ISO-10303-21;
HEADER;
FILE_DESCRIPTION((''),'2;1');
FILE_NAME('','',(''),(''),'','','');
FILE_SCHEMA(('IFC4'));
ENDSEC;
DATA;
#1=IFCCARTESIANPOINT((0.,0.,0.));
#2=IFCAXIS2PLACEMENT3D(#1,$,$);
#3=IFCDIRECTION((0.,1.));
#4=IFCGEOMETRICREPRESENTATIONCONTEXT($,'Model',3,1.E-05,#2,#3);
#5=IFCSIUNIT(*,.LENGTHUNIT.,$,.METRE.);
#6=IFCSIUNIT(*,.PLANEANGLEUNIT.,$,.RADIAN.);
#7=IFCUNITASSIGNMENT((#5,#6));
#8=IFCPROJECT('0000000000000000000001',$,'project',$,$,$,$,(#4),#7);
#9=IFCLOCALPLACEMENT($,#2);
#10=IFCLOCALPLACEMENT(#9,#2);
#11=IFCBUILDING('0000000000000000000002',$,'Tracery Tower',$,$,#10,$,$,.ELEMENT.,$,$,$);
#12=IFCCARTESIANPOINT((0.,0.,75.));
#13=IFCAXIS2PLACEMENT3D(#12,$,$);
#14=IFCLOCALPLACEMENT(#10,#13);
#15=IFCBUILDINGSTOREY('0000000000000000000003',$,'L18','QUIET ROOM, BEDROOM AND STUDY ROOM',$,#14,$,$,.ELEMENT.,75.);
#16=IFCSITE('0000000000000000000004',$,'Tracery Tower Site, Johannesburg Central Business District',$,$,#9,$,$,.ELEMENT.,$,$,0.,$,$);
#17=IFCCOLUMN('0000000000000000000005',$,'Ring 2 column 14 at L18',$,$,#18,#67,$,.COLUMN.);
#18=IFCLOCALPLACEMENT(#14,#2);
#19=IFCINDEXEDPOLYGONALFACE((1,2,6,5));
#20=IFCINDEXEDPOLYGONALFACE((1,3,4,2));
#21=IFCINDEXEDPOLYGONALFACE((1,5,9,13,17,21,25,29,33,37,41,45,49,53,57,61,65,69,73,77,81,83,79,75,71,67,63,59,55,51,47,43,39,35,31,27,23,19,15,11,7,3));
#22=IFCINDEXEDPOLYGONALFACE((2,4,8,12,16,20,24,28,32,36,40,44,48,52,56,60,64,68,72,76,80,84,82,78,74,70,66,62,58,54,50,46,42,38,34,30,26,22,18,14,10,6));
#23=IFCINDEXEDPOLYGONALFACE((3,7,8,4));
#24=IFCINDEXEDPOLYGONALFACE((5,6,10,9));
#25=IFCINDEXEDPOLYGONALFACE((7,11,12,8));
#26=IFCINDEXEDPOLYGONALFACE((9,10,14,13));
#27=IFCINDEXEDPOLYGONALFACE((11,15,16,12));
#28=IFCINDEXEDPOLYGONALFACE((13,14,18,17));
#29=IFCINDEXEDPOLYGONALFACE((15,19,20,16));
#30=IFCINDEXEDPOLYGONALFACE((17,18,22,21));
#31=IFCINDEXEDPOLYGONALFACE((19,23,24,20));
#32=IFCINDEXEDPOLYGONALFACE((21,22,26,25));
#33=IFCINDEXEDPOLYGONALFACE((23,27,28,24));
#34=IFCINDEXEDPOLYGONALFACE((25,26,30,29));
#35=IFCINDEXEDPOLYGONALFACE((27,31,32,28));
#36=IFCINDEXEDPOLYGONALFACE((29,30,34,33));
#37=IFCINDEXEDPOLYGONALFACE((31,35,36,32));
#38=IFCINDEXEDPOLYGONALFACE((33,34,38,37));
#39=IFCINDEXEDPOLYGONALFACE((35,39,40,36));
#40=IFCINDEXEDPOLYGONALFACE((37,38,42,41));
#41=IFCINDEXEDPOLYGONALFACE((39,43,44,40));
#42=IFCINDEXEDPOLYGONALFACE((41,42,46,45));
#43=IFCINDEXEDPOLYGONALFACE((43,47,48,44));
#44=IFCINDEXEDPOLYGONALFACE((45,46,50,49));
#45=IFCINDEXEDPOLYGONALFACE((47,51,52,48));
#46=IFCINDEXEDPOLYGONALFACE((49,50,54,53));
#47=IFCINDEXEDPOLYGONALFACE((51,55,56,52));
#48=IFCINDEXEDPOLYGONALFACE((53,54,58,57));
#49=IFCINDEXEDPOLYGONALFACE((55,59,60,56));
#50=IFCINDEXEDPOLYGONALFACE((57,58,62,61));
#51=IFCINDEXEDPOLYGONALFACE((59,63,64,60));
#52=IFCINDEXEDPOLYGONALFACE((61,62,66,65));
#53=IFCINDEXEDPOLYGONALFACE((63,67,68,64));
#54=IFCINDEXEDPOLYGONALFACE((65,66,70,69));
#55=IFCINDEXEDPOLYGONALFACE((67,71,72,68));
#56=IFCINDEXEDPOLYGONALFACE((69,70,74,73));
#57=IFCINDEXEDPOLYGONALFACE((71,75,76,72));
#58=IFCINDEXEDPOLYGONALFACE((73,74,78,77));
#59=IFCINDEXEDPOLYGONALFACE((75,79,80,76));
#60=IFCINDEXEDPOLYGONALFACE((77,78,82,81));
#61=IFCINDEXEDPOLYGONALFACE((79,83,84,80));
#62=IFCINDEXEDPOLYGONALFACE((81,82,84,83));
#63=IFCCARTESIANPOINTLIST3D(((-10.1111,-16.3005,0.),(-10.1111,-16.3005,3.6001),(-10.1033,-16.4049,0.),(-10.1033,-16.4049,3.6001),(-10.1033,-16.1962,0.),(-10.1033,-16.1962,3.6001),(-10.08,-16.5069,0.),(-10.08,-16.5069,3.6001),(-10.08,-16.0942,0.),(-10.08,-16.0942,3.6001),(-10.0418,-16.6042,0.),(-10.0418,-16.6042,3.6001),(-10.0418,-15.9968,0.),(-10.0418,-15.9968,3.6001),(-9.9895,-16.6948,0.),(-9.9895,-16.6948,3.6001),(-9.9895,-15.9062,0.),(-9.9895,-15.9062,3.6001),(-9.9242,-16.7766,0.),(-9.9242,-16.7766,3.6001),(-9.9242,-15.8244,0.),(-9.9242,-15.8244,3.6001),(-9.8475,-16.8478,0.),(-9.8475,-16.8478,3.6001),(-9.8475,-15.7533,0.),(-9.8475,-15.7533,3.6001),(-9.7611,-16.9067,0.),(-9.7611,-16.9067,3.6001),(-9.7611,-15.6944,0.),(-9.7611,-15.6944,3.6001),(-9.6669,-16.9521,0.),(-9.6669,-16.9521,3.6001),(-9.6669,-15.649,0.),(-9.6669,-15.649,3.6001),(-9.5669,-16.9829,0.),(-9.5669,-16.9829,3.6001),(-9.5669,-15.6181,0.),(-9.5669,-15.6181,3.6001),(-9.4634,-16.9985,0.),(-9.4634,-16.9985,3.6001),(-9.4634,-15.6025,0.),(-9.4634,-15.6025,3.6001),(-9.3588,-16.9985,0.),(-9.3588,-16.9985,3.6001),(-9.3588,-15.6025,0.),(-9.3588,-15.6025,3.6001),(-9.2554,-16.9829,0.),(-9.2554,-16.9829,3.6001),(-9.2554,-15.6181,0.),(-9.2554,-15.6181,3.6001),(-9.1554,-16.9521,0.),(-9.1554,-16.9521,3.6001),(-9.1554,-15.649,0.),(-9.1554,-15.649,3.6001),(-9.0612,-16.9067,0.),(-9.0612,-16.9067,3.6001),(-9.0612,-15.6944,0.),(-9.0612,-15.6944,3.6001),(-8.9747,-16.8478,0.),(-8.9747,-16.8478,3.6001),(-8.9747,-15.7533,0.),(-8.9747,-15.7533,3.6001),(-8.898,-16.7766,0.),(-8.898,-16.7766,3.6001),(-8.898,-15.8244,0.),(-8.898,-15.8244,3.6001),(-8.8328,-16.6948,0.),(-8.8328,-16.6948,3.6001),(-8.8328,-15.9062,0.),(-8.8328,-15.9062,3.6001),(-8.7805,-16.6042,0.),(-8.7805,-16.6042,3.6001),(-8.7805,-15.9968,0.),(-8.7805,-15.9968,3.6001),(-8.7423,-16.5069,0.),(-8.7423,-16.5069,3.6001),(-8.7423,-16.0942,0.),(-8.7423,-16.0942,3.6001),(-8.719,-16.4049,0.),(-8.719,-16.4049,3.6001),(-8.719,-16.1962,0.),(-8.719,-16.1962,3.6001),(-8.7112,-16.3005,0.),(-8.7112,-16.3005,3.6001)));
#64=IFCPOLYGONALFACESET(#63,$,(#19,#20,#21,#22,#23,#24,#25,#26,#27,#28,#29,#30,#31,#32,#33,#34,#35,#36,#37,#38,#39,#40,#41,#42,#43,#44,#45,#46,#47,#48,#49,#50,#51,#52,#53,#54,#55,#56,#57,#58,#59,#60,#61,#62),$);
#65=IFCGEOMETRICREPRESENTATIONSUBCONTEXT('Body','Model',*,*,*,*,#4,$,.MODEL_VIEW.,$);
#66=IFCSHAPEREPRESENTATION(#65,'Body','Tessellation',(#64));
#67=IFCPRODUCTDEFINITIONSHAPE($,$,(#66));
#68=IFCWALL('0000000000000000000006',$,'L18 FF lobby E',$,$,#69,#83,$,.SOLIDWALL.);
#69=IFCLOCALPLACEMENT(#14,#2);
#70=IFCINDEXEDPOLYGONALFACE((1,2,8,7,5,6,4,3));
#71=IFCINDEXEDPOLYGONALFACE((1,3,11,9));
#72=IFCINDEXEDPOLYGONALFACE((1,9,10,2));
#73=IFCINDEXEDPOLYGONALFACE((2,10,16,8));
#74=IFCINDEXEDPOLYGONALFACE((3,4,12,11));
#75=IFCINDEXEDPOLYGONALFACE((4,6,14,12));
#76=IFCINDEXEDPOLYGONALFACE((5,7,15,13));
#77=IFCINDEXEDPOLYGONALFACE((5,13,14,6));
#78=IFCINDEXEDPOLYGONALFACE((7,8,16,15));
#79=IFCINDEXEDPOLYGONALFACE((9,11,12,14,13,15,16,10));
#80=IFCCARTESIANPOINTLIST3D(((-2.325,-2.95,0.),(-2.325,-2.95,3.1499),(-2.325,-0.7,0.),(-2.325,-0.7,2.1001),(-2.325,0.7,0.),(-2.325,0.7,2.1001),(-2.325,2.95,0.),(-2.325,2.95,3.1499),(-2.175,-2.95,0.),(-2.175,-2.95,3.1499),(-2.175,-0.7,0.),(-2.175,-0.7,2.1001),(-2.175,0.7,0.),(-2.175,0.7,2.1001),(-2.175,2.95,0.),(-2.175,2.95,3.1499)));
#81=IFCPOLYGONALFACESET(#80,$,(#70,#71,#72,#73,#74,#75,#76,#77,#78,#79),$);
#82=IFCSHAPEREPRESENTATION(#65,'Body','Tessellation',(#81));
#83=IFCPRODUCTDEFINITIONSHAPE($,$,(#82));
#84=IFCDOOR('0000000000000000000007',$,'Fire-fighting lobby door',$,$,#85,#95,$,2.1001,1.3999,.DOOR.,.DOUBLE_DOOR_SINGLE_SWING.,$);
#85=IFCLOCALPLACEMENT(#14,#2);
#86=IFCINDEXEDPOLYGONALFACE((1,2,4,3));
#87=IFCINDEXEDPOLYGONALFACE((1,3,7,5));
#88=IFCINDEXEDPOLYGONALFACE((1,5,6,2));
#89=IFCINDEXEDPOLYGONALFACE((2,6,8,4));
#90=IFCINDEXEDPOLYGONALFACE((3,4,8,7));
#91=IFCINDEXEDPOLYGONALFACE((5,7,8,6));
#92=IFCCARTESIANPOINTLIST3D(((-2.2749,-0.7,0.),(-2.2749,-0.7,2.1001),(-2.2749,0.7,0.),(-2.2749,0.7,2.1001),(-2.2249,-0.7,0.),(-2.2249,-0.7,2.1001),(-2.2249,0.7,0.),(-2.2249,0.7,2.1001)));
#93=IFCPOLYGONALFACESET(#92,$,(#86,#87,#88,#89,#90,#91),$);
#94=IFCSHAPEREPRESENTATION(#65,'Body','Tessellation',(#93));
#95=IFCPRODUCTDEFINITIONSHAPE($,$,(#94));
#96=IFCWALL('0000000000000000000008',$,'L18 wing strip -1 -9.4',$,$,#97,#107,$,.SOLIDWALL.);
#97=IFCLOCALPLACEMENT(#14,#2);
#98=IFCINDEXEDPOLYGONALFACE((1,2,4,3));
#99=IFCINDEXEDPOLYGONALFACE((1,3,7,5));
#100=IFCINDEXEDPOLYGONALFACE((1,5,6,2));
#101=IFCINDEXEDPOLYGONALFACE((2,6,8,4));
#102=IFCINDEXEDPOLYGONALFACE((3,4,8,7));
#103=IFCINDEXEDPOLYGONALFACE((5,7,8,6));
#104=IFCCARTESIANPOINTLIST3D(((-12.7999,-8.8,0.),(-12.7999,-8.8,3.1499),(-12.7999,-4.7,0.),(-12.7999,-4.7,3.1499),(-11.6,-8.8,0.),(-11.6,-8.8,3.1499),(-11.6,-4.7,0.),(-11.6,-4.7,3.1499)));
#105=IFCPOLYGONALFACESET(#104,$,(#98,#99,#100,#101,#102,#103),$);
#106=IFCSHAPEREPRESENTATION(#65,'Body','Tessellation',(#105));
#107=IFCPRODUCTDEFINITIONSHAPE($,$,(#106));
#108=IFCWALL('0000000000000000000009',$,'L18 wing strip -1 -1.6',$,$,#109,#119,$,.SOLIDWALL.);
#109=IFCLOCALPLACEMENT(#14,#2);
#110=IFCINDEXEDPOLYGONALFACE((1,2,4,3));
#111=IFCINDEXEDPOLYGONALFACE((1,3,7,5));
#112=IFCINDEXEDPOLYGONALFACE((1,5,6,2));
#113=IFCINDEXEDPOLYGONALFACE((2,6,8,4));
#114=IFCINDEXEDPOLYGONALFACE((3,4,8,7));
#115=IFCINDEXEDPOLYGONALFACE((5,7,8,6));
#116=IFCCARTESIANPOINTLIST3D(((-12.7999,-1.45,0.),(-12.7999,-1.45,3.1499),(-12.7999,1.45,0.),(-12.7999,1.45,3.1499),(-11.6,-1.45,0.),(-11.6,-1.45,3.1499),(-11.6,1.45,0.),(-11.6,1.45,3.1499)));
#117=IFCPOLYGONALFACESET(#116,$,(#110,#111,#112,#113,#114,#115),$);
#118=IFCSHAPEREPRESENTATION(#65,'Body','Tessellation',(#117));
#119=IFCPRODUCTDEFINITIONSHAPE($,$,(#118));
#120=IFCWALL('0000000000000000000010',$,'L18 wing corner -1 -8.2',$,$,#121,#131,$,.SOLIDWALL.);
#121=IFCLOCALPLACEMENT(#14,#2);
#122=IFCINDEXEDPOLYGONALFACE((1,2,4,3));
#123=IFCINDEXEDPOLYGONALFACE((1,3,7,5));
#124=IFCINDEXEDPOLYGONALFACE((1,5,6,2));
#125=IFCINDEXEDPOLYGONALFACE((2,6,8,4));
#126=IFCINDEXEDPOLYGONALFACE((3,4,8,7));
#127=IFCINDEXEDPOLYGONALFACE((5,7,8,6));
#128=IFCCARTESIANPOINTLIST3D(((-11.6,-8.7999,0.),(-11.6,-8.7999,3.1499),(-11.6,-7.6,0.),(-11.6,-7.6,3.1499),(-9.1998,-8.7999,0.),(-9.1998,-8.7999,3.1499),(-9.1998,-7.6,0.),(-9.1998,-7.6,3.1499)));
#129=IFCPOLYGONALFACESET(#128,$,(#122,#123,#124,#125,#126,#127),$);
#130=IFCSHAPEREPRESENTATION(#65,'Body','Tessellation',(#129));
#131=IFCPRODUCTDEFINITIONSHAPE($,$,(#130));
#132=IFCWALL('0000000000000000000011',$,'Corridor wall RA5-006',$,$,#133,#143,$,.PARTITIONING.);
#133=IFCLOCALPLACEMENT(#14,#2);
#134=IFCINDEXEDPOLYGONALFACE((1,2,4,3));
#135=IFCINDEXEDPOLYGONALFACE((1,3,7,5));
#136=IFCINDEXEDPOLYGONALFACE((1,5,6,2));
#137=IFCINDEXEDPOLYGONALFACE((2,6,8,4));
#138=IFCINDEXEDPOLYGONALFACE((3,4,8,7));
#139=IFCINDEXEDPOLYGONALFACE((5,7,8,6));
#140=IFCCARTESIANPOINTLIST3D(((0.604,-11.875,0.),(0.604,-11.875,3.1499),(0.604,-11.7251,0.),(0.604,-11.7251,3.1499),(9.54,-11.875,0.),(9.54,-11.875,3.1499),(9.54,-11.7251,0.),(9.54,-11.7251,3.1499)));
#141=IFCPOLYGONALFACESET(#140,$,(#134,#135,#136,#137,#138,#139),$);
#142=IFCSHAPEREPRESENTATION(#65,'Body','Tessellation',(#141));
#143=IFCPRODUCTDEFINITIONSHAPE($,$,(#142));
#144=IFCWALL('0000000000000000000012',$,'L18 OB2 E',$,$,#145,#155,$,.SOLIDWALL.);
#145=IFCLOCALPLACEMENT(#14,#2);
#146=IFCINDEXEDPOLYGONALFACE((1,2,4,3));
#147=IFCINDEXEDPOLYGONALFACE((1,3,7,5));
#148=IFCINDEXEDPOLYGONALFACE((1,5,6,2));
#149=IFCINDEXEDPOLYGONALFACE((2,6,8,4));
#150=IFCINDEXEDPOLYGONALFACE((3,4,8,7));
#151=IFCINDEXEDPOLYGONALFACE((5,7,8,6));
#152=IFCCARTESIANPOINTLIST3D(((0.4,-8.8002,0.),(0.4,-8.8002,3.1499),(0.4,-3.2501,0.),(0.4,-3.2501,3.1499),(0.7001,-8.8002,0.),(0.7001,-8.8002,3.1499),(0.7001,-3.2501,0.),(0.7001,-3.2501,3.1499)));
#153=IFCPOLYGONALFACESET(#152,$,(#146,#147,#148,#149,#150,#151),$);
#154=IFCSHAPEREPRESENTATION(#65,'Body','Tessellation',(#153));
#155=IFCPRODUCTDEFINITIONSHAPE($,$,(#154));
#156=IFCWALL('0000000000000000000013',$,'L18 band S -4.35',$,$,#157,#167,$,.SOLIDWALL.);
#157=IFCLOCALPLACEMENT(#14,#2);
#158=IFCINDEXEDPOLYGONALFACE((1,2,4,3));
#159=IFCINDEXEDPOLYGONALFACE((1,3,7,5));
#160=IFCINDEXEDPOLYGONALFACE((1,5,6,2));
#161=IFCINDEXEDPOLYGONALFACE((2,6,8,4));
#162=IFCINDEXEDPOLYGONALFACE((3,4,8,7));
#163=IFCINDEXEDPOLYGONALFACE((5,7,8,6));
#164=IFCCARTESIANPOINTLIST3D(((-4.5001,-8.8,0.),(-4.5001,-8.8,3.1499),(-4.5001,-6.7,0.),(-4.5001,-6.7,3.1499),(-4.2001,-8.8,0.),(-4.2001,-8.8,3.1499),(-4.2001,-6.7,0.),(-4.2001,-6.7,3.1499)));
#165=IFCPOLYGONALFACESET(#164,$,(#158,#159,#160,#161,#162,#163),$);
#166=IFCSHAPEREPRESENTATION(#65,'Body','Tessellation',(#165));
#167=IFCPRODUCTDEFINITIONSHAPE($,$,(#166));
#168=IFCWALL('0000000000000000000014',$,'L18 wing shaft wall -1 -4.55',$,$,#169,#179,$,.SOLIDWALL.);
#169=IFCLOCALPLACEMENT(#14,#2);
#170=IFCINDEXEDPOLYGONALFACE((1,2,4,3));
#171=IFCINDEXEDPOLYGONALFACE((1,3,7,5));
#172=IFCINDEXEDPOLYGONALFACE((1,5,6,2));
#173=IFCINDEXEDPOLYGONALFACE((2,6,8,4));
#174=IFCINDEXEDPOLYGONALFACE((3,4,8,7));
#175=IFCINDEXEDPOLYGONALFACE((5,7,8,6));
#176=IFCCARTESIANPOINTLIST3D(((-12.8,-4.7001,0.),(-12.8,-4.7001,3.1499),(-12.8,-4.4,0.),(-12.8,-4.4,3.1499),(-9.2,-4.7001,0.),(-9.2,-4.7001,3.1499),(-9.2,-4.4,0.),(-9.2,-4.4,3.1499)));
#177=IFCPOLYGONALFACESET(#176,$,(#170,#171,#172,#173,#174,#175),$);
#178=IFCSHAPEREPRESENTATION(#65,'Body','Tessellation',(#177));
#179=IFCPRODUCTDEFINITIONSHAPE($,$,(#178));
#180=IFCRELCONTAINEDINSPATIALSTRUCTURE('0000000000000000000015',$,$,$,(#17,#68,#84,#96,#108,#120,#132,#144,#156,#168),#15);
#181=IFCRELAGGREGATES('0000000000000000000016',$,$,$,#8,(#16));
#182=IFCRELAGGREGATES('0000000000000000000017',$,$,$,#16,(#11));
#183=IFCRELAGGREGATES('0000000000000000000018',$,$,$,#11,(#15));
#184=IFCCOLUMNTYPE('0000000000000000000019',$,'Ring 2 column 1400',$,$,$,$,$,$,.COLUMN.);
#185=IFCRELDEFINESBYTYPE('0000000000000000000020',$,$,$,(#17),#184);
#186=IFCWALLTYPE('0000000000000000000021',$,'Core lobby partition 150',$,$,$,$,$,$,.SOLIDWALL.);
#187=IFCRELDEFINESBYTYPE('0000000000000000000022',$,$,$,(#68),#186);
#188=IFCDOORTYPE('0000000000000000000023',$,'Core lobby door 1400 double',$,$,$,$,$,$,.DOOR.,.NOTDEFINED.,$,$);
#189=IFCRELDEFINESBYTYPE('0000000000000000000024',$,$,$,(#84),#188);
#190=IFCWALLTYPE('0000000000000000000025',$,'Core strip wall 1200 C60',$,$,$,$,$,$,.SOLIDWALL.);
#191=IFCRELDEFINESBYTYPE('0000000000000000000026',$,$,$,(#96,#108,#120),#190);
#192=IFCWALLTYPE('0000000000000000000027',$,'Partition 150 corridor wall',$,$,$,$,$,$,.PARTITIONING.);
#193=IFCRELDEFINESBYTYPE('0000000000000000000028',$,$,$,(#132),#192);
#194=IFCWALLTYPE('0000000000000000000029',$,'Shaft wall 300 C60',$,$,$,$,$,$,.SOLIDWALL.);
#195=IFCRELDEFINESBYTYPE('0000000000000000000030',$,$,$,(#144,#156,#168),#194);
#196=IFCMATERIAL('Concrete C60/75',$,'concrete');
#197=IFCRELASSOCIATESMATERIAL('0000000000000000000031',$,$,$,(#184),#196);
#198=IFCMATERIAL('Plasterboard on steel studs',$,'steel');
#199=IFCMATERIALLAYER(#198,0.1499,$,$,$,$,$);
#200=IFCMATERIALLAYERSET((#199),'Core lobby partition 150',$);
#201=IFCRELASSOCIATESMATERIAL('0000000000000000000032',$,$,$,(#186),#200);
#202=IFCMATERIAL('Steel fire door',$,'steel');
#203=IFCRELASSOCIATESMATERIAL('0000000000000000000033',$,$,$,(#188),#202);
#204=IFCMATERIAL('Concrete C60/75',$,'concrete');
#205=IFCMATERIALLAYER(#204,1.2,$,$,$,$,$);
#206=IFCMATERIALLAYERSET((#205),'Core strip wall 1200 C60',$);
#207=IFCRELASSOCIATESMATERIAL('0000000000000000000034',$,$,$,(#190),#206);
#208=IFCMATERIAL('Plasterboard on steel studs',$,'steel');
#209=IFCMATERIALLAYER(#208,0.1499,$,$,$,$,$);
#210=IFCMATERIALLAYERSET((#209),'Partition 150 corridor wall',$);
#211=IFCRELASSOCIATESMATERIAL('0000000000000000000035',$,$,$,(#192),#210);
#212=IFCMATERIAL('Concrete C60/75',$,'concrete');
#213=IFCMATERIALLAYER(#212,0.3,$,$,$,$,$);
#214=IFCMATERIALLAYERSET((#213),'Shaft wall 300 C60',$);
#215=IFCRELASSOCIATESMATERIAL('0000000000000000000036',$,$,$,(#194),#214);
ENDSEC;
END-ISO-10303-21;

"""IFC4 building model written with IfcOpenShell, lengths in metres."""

from ifc_helpers import new_model, si_unit, direction, frame, frame_2d, origin, origin_2d, place, context, subcontext, project, spatial, rectangle, circle, extrude, material, layer, layer_set, material_profile, profile_set, type_object, element, fill, save


model = new_model("IFC4")

# Units and contexts
model_context = context("Model", 3, precision=1e-05, world=origin(), true_north=direction((0.0, 1.0)))
body_context = subcontext(model_context, "Body", "Model", "MODEL_VIEW")
ifc_project = project(units=[si_unit("LENGTHUNIT", "METRE"), si_unit("PLANEANGLEUNIT", "RADIAN")], contexts=[model_context])

# Site, building, storey
site_placement = place(None, origin())
site = spatial("IfcSite", under=ifc_project, at=site_placement, Name="Tracery Tower Site, Johannesburg Central Business District", CompositionType="ELEMENT", RefElevation=0.0)
building_placement = place(site_placement, origin())
building = spatial("IfcBuilding", under=site, at=building_placement, Name="Tracery Tower", CompositionType="ELEMENT")
storey_placement = place(building_placement, frame((0.0, 0.0, 75.0)))
storey = spatial("IfcBuildingStorey", under=building, at=storey_placement, Name="L18", Description="QUIET ROOM, BEDROOM AND STUDY ROOM", CompositionType="ELEMENT", Elevation=75.0)

# Column
ifc_material_1 = material(Name="Concrete C60/75", Category="concrete")
ifc_material_profile = material_profile(ifc_material_1, circle(Radius=0.7, at=origin_2d()), Name="RC D1400")
ifc_profile_set = profile_set([ifc_material_profile], Name="Concrete C60/75")
column_type = type_object("IfcColumnType", Name="Ring 2 column 1400", PredefinedType="COLUMN", material=ifc_profile_set)
column_placement = place(storey_placement, frame((-9.4111, -16.3005, 0.0), z_axis=(0.0, 0.0, 1.0), x_axis=(1.0, 0.0, 0.0)))
element("IfcColumn", 1, at=column_placement, inside=storey, type_object=column_type, Name="Ring 2 column 14 at L18", PredefinedType="COLUMN", context=body_context, shape_type="SweptSolid", body=[
    extrude(circle(Radius=0.7, at=origin_2d()), origin(), (0.0, 0.0, 1.0), 3.6001),
])

# Wall, opening, door
ifc_material_2 = material(Name="Plasterboard on steel studs", Category="steel")
ifc_layer_1 = layer(ifc_material_2, 0.1499)
ifc_layer_set_1 = layer_set([ifc_layer_1], Name="Core lobby partition 150")
wall_type_1 = type_object("IfcWallType", Name="Core lobby partition 150", PredefinedType="SOLIDWALL", material=ifc_layer_set_1)
wall_1_placement = place(storey_placement, frame((-2.25, -2.95, 0.0), z_axis=(0.0, 0.0, 1.0), x_axis=(0.0, 1.0, 0.0)))
wall_1 = element("IfcWall", 2, at=wall_1_placement, inside=storey, type_object=wall_type_1, Name="L18 FF lobby E", PredefinedType="SOLIDWALL", context=body_context, shape_type="SweptSolid", body=[
    extrude(rectangle(XDim=5.8999, YDim=0.1499, at=frame_2d((2.95, 0.0))), origin(), (0.0, 0.0, 1.0), 3.1499),
])
opening_1_placement = place(wall_1_placement, frame((2.25, 0.0, 0.0)))
opening_1 = element("IfcOpeningElement", 3, at=opening_1_placement, cuts=wall_1, PredefinedType="OPENING", context=body_context, shape_type="SweptSolid", body=[
    extrude(rectangle(XDim=1.3999, YDim=2.1001, at=frame_2d((0.7, 1.05))), frame((0.0, 0.075, 0.0), z_axis=(0.0, -1.0, 0.0), x_axis=(1.0, 0.0, 0.0)), (0.0, 0.0, 1.0), 0.1499),
])
ifc_material_3 = material(Name="Steel fire door", Category="steel")
door_type_1 = type_object("IfcDoorType", Name="Core lobby door 1400 double", OperationType="NOTDEFINED", PredefinedType="DOOR", material=ifc_material_3)
door_1_placement = place(opening_1_placement, origin())
door_1 = element("IfcDoor", 4, at=door_1_placement, inside=storey, type_object=door_type_1, Name="Fire-fighting lobby door", OperationType="DOUBLE_DOOR_SINGLE_SWING", OverallHeight=2.1001, OverallWidth=1.3999, PredefinedType="DOOR", context=body_context, shape_type="SweptSolid", body=[
    extrude(rectangle(XDim=1.3999, YDim=2.1001, at=frame_2d((0.7, 1.05))), frame((0.0, 0.0249, 0.0), z_axis=(0.0, -1.0, 0.0), x_axis=(1.0, 0.0, 0.0)), (0.0, 0.0, 1.0), 0.05),
])
fill(opening_1, door_1)

# Walls
ifc_material_4 = material(Name="Concrete C60/75", Category="concrete")
ifc_layer_2 = layer(ifc_material_4, 1.2)
ifc_layer_set_2 = layer_set([ifc_layer_2], Name="Core strip wall 1200 C60")
wall_type_2 = type_object("IfcWallType", Name="Core strip wall 1200 C60", PredefinedType="SOLIDWALL", material=ifc_layer_set_2)
wall_2_placement = place(storey_placement, frame((-12.2, -8.8, 0.0), z_axis=(0.0, 0.0, 1.0), x_axis=(0.0, 1.0, 0.0)))
element("IfcWall", 5, at=wall_2_placement, inside=storey, type_object=wall_type_2, Name="L18 wing strip -1 -9.4", PredefinedType="SOLIDWALL", context=body_context, shape_type="SweptSolid", body=[
    extrude(rectangle(XDim=4.1001, YDim=1.2, at=frame_2d((2.05, 0.0))), origin(), (0.0, 0.0, 1.0), 3.1499),
])
wall_3_placement = place(storey_placement, frame((-12.2, -1.45, 0.0), z_axis=(0.0, 0.0, 1.0), x_axis=(0.0, 1.0, 0.0)))
element("IfcWall", 6, at=wall_3_placement, inside=storey, type_object=wall_type_2, Name="L18 wing strip -1 -1.6", PredefinedType="SOLIDWALL", context=body_context, shape_type="SweptSolid", body=[
    extrude(rectangle(XDim=2.8999, YDim=1.2, at=frame_2d((1.45, 0.0))), origin(), (0.0, 0.0, 1.0), 3.1499),
])
wall_4_placement = place(storey_placement, frame((-11.6001, -8.2, 0.0), z_axis=(0.0, 0.0, 1.0), x_axis=(1.0, 0.0, 0.0)))
element("IfcWall", 7, at=wall_4_placement, inside=storey, type_object=wall_type_2, Name="L18 wing corner -1 -8.2", PredefinedType="SOLIDWALL", context=body_context, shape_type="SweptSolid", body=[
    extrude(rectangle(XDim=2.4001, YDim=1.2, at=frame_2d((1.2002, 0.0))), origin(), (0.0, 0.0, 1.0), 3.1499),
])

# Wall
ifc_material_5 = material(Name="Plasterboard on steel studs", Category="steel")
ifc_layer_3 = layer(ifc_material_5, 0.1499)
ifc_layer_set_3 = layer_set([ifc_layer_3], Name="Partition 150 corridor wall")
wall_type_3 = type_object("IfcWallType", Name="Partition 150 corridor wall", PredefinedType="PARTITIONING", material=ifc_layer_set_3)
wall_5_placement = place(storey_placement, frame((0.604, -11.8, 0.0), z_axis=(0.0, 0.0, 1.0), x_axis=(1.0, 0.0, 0.0)))
element("IfcWall", 8, at=wall_5_placement, inside=storey, type_object=wall_type_3, Name="Corridor wall RA5-006", PredefinedType="PARTITIONING", context=body_context, shape_type="SweptSolid", body=[
    extrude(rectangle(XDim=8.936, YDim=0.1499, at=frame_2d((4.468, 0.0))), origin(), (0.0, 0.0, 1.0), 3.1499),
])

# Shared definitions
ifc_material_6 = material(Name="Concrete C60/75", Category="concrete")
ifc_layer_4 = layer(ifc_material_6, 0.3)
ifc_layer_set_4 = layer_set([ifc_layer_4], Name="Shaft wall 300 C60")
wall_type_4 = type_object("IfcWallType", Name="Shaft wall 300 C60", PredefinedType="SOLIDWALL", material=ifc_layer_set_4)

# Walls
wall_6_placement = place(storey_placement, frame((0.55, -8.8, 0.0), z_axis=(0.0, 0.0, 1.0), x_axis=(0.0, 1.0, 0.0)))
element("IfcWall", 9, at=wall_6_placement, inside=storey, type_object=wall_type_4, Name="L18 OB2 E", PredefinedType="SOLIDWALL", context=body_context, shape_type="SweptSolid", body=[
    extrude(rectangle(XDim=5.55, YDim=0.3, at=frame_2d((2.7749, 0.0))), origin(), (0.0, 0.0, 1.0), 3.1499),
])
wall_7_placement = place(storey_placement, frame((-4.3501, -8.8, 0.0), z_axis=(0.0, 0.0, 1.0), x_axis=(0.0, 1.0, 0.0)))
element("IfcWall", 10, at=wall_7_placement, inside=storey, type_object=wall_type_4, Name="L18 band S -4.35", PredefinedType="SOLIDWALL", context=body_context, shape_type="SweptSolid", body=[
    extrude(rectangle(XDim=2.1001, YDim=0.3, at=frame_2d((1.05, 0.0))), origin(), (0.0, 0.0, 1.0), 3.1499),
])
for number, where, z_axis, x_axis, name in (
    (11, (-12.8, -4.55, 0.0), (0.0, 0.0, 1.0), (1.0, 0.0, 0.0), "L18 wing shaft wall -1 -4.55"),
):
    element("IfcWall", number, at=place(storey_placement, frame(where, z_axis=z_axis, x_axis=x_axis)), inside=storey, type_object=wall_type_4, Name=name, PredefinedType="SOLIDWALL", context=body_context, shape_type="SweptSolid", body=[
        extrude(rectangle(XDim=3.6001, YDim=0.3, at=frame_2d((1.8, 0.0))), origin(), (0.0, 0.0, 1.0), 3.1499),
    ])

save(model, "model.ifc")
